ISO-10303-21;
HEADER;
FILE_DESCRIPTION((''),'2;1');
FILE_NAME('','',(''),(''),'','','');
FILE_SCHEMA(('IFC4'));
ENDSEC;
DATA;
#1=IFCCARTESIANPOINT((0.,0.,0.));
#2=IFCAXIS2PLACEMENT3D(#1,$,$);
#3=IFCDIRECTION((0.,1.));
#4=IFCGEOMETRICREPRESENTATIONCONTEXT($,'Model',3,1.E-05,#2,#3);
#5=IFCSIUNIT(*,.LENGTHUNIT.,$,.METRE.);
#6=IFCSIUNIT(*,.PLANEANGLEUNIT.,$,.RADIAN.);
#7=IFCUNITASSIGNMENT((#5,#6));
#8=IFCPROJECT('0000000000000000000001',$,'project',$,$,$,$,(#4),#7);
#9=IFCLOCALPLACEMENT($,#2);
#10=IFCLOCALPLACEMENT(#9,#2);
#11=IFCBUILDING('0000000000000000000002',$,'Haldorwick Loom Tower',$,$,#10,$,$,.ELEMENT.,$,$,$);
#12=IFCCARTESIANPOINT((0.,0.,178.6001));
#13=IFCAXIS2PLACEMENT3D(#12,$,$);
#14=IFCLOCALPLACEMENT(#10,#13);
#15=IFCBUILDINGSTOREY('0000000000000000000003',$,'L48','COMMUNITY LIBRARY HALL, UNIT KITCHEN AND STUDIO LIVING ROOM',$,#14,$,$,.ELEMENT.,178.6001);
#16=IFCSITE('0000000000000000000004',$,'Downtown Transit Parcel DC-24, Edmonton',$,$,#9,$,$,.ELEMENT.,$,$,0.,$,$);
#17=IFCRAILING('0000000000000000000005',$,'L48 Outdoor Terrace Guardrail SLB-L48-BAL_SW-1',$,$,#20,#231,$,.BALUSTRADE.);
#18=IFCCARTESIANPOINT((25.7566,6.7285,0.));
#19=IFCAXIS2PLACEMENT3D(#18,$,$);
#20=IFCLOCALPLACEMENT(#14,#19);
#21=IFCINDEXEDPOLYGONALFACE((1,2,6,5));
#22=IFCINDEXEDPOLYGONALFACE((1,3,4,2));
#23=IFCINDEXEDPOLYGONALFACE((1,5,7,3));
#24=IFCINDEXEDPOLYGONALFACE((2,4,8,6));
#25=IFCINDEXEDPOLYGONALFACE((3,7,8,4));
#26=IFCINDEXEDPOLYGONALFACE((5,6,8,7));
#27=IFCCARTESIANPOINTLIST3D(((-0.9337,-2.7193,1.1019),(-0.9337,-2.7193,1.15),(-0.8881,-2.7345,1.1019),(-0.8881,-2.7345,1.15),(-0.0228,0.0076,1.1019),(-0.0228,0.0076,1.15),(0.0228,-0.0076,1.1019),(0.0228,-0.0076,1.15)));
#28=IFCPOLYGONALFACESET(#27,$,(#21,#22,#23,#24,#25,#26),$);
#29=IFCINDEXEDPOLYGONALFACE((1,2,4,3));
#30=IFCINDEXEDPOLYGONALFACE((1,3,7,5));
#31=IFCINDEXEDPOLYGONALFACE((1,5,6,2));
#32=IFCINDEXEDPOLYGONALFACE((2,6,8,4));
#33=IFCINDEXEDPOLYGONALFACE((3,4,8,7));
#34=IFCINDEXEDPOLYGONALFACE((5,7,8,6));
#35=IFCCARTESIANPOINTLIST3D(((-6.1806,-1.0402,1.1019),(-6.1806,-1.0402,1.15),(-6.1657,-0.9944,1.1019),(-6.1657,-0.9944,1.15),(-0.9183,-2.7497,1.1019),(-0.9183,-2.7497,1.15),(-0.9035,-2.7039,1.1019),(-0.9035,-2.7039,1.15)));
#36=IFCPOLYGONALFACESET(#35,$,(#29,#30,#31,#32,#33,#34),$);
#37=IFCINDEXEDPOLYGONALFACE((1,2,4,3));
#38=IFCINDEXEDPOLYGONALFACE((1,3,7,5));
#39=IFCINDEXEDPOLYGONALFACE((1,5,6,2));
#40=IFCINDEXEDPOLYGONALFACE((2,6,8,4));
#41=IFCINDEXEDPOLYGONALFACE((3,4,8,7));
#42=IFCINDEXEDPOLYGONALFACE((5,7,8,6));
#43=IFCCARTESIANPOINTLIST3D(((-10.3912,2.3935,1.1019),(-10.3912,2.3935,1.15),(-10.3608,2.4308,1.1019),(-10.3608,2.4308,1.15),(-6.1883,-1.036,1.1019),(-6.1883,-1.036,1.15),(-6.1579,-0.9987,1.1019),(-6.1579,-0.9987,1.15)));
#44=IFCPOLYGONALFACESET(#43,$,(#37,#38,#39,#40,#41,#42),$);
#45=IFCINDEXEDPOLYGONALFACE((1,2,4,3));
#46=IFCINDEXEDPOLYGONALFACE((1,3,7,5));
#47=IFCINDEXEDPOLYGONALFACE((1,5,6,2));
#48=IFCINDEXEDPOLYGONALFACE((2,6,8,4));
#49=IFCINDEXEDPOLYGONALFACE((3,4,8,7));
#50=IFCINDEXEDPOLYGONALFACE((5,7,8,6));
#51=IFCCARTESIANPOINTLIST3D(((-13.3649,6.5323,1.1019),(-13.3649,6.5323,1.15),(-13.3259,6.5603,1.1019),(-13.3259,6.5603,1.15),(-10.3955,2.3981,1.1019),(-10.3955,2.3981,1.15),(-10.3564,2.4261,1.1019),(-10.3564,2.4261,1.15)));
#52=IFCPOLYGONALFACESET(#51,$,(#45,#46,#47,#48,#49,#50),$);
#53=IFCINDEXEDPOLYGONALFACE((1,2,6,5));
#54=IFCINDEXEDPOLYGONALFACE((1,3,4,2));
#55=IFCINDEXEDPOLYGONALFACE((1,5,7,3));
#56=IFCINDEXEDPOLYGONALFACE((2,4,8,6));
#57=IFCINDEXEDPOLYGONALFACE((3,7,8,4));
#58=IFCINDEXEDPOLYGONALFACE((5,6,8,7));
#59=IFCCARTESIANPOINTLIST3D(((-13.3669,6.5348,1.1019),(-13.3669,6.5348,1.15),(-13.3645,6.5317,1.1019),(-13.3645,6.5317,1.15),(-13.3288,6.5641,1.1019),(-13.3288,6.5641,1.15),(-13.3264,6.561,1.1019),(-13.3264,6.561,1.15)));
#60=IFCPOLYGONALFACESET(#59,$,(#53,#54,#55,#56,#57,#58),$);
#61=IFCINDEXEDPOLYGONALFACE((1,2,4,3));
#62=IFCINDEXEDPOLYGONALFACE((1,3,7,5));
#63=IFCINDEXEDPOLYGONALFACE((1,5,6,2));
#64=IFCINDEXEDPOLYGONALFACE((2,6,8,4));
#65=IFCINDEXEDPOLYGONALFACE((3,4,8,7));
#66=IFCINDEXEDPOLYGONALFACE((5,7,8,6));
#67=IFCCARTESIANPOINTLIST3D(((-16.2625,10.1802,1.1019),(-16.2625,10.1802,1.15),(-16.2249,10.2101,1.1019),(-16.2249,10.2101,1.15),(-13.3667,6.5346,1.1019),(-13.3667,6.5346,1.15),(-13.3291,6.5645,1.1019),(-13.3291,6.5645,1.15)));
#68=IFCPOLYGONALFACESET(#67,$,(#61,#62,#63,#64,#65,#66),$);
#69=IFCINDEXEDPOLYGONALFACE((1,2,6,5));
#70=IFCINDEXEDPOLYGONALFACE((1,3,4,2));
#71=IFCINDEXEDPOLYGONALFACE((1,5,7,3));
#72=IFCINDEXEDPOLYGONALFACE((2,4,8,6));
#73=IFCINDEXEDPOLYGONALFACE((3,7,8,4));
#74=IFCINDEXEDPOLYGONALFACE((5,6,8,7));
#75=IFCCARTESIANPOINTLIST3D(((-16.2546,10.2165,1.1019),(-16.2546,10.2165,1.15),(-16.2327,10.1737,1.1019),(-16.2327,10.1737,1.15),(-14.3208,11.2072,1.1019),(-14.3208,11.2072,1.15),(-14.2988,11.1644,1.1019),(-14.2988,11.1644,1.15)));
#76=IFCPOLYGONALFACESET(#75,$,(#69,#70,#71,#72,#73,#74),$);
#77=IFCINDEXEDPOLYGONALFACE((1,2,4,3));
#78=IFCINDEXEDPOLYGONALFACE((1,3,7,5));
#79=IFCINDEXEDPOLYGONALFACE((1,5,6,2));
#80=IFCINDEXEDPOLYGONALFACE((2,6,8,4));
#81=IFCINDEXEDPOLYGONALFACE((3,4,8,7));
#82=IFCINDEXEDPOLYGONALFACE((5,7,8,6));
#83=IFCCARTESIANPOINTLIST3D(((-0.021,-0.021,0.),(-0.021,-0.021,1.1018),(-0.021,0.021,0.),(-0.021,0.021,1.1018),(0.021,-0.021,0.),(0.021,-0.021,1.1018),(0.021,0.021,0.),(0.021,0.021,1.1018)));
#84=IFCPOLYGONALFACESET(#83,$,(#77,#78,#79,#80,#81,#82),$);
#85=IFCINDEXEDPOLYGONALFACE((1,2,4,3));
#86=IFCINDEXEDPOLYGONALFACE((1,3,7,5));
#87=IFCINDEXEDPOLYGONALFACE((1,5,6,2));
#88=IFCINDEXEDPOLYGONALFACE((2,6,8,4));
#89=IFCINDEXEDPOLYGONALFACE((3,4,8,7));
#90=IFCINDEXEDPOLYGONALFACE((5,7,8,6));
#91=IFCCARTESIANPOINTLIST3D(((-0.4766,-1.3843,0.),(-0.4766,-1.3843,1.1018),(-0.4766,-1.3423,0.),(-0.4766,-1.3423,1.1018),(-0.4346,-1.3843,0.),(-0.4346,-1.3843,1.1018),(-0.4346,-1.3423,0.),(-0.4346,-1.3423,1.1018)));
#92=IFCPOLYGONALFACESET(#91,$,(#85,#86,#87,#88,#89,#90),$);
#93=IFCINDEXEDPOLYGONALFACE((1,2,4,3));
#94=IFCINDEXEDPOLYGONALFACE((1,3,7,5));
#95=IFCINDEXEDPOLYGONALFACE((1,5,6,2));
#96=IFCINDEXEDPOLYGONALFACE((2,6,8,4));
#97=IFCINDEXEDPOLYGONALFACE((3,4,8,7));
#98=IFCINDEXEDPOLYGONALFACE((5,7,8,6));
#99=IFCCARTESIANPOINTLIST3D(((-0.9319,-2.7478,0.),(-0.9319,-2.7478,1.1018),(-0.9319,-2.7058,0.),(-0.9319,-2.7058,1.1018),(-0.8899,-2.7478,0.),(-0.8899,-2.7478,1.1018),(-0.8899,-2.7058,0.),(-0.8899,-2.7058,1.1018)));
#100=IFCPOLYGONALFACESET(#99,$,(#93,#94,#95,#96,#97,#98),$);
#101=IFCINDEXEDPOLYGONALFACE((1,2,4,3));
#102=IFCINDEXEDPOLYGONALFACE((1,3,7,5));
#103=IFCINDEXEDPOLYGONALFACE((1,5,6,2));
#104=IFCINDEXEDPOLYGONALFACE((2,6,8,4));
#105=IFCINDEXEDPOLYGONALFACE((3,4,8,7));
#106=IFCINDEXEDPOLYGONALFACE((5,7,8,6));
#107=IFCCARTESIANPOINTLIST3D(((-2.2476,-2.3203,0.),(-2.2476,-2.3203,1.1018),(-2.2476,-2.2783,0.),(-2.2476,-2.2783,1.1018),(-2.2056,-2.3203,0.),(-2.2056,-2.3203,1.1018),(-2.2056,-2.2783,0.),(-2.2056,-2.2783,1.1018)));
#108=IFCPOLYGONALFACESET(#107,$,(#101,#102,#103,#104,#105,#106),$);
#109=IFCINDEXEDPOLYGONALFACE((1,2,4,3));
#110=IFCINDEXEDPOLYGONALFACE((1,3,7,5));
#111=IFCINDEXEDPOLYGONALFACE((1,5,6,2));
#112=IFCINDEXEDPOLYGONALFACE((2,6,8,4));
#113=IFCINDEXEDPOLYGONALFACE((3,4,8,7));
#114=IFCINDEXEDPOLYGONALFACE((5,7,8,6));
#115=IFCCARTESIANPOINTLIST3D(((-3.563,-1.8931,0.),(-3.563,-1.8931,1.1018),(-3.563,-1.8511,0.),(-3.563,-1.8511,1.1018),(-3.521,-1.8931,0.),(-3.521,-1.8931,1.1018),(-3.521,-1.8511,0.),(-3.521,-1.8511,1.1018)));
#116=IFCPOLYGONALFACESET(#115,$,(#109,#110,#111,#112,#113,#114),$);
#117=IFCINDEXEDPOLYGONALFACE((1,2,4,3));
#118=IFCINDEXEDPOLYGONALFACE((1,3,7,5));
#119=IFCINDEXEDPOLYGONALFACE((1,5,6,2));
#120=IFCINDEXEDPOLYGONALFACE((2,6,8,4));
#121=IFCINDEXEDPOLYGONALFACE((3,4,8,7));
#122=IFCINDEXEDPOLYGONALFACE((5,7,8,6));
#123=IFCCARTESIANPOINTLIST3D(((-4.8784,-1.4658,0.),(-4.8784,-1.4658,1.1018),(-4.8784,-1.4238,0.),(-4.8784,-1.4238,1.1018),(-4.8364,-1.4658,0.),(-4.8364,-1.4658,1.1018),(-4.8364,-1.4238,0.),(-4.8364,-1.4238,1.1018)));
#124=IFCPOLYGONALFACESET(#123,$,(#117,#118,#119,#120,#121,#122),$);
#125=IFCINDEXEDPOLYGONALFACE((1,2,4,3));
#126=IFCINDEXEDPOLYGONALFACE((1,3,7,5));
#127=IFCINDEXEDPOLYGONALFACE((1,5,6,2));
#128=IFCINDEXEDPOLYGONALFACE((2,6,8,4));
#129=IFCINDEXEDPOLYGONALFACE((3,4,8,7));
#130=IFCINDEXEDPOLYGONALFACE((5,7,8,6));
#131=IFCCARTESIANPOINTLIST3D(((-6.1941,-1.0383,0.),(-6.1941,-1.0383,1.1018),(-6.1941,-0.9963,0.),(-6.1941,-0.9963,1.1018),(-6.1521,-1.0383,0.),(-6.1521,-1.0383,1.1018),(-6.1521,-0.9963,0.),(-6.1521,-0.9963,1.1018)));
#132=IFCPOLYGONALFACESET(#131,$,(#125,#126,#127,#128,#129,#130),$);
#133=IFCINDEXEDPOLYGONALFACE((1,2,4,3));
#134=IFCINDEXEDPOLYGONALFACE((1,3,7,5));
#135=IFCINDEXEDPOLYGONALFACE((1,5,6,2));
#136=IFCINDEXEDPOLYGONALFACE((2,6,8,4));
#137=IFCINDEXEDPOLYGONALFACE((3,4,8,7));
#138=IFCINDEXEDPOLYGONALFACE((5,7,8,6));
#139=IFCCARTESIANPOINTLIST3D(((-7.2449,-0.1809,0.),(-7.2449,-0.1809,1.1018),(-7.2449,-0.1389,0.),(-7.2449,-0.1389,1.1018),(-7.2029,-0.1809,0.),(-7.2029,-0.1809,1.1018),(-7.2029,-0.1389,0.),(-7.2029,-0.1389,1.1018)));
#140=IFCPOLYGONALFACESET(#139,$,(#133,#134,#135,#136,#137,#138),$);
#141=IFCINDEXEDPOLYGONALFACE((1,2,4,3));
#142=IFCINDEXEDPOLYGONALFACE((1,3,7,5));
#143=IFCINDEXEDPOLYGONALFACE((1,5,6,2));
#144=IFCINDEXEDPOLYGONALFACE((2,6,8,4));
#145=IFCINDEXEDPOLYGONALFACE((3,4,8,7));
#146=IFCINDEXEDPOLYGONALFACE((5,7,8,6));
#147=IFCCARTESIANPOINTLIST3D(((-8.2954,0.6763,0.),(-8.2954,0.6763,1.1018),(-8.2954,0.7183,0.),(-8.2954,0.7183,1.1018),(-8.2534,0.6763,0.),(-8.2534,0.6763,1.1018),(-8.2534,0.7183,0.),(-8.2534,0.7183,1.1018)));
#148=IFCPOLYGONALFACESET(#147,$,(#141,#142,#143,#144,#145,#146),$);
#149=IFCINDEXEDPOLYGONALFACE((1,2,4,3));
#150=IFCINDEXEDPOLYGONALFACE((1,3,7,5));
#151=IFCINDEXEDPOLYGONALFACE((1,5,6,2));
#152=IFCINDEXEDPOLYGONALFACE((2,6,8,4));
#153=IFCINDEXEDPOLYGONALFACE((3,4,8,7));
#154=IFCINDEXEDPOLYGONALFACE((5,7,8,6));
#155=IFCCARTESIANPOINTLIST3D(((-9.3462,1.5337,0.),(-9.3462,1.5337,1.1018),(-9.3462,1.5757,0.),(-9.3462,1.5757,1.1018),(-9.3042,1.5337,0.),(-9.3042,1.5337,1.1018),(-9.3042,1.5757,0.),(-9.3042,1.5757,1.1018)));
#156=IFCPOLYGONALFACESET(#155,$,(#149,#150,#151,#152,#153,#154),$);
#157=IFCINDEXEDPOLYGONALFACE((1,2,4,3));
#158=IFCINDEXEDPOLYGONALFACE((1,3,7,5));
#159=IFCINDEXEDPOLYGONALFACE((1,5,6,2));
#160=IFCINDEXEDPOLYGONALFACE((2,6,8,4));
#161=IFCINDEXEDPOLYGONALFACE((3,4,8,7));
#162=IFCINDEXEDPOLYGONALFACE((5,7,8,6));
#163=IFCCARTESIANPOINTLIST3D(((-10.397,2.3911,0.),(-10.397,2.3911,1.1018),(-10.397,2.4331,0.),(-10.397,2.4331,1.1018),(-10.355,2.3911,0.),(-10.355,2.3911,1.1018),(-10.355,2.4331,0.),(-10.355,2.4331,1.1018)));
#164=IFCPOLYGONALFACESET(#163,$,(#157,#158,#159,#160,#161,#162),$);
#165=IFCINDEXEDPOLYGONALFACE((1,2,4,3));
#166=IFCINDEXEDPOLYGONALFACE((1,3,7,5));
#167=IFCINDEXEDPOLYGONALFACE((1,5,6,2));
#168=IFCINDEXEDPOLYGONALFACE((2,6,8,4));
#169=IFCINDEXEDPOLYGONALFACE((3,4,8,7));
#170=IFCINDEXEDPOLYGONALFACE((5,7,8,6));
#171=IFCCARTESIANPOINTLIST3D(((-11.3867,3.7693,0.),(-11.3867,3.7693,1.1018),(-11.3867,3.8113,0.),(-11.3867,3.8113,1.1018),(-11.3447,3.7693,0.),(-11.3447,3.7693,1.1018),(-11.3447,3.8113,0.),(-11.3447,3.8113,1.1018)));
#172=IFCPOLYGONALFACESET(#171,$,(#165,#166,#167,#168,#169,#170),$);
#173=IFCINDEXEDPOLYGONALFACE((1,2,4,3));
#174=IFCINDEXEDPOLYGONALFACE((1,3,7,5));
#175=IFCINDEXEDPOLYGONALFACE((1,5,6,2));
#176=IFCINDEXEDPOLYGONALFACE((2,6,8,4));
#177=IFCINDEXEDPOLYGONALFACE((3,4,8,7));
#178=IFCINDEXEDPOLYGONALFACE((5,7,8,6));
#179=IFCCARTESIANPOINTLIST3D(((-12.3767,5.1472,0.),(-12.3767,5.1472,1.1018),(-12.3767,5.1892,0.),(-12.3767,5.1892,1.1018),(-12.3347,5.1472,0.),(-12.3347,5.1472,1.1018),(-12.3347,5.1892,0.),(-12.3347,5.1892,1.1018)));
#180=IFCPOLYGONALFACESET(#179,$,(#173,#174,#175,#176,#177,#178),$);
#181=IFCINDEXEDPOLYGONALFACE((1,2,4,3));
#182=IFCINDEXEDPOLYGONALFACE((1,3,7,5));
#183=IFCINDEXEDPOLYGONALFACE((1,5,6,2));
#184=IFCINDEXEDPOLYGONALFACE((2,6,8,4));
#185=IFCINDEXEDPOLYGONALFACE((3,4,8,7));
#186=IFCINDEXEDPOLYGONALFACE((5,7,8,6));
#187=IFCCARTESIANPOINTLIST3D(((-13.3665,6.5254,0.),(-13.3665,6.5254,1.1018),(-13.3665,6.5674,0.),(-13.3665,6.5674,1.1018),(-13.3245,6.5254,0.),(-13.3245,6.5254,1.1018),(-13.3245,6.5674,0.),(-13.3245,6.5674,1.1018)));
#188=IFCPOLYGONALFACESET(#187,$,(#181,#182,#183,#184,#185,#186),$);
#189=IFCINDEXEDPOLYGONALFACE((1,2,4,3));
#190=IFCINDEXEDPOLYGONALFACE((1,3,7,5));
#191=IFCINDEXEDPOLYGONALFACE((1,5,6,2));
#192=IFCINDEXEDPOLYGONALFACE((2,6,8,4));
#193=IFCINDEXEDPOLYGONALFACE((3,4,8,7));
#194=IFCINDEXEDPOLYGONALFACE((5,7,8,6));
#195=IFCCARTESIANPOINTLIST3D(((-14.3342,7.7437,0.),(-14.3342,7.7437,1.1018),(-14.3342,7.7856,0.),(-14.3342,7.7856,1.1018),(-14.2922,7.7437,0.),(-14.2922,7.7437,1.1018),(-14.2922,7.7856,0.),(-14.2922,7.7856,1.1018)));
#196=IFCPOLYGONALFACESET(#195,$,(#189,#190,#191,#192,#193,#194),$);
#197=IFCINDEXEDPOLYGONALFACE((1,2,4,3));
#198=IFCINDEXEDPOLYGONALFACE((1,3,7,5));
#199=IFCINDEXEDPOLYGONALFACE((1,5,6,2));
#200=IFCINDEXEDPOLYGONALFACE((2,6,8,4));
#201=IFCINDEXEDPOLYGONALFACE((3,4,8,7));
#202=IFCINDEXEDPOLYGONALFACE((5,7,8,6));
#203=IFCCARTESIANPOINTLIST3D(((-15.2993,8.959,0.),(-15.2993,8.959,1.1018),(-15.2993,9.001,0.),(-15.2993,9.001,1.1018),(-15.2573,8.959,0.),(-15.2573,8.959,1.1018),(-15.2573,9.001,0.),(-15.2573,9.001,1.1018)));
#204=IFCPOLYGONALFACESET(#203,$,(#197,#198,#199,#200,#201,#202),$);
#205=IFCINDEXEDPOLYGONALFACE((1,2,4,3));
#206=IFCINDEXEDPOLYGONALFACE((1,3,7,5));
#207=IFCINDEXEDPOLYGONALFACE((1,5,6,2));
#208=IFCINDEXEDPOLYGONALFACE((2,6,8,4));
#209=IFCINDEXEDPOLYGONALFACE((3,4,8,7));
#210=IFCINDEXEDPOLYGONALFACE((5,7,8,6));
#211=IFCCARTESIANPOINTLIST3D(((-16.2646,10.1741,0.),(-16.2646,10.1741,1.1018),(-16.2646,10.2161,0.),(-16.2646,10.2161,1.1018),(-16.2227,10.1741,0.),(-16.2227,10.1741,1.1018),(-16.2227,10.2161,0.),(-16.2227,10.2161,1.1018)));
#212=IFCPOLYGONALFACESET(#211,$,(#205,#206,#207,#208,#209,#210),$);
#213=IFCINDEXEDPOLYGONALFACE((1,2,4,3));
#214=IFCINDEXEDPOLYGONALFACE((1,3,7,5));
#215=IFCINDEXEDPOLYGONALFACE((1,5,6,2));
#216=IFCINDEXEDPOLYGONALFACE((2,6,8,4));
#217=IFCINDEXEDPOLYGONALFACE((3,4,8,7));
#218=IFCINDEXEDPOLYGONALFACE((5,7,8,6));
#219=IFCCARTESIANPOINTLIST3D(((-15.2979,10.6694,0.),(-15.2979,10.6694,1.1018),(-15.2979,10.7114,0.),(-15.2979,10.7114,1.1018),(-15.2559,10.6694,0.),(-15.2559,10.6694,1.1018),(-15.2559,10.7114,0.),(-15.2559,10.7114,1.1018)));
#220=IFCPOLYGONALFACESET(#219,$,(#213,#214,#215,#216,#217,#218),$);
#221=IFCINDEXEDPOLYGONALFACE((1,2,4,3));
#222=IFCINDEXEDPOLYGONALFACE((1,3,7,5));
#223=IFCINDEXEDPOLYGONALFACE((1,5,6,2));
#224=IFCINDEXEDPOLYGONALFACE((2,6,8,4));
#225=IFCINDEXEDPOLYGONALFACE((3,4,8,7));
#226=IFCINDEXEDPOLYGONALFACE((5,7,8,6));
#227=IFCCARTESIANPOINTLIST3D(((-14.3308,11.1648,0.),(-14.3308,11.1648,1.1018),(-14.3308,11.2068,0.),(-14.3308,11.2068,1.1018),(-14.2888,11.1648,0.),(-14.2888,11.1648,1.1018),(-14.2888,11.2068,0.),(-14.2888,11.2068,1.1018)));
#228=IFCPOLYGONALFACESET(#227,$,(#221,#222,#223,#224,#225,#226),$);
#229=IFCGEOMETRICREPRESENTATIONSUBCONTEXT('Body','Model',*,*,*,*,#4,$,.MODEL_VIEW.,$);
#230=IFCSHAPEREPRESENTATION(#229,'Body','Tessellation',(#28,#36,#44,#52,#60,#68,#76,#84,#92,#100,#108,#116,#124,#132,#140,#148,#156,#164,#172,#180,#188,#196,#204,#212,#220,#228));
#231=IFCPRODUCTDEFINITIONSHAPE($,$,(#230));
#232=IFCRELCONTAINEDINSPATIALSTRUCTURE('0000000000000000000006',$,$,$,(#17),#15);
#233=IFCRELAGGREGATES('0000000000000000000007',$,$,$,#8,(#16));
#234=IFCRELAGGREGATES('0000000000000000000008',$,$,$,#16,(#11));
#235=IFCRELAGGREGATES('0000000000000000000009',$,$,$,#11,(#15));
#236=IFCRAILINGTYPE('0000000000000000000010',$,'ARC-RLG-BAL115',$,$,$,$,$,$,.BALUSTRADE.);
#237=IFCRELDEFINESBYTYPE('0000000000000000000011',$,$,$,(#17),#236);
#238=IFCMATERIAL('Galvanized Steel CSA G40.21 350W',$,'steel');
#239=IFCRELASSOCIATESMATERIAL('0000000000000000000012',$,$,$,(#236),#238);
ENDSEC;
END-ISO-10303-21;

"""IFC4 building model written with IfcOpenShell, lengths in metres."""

from ifc_helpers import new_model, si_unit, direction, frame, origin, origin_2d, place, context, subcontext, project, spatial, rectangle, extrude, material, type_object, element, save


model = new_model("IFC4")

# Units and contexts
model_context = context("Model", 3, precision=1e-05, world=origin(), true_north=direction((0.0, 1.0)))
body_context = subcontext(model_context, "Body", "Model", "MODEL_VIEW")
ifc_project = project(units=[si_unit("LENGTHUNIT", "METRE"), si_unit("PLANEANGLEUNIT", "RADIAN")], contexts=[model_context])

# Site, building, storey
site_placement = place(None, origin())
site = spatial("IfcSite", under=ifc_project, at=site_placement, Name="Downtown Transit Parcel DC-24, Edmonton", CompositionType="ELEMENT", RefElevation=0.0)
building_placement = place(site_placement, origin())
building = spatial("IfcBuilding", under=site, at=building_placement, Name="Haldorwick Loom Tower", CompositionType="ELEMENT")
storey_placement = place(building_placement, frame((0.0, 0.0, 178.6001)))
storey = spatial("IfcBuildingStorey", under=building, at=storey_placement, Name="L48", Description="COMMUNITY LIBRARY HALL, UNIT KITCHEN AND STUDIO LIVING ROOM", CompositionType="ELEMENT", Elevation=178.6001)

# Railing
ifc_material_1 = material(Name="Galvanized Steel CSA G40.21 350W", Category="steel")
railing_type = type_object("IfcRailingType", Name="ARC-RLG-BAL115", PredefinedType="BALUSTRADE", material=ifc_material_1)
railing_placement = place(storey_placement, frame((25.7566, 6.7285, 0.0)))
element("IfcRailing", 1, at=railing_placement, inside=storey, type_object=railing_type, Name="L48 Outdoor Terrace Guardrail SLB-L48-BAL_SW-1", PredefinedType="BALUSTRADE", context=body_context, shape_type="SweptSolid", body=[
    extrude(rectangle(XDim=0.0481, YDim=0.0481, at=origin_2d()), frame((0.0, 0.0, 1.126), z_axis=(-0.316839, -0.948479, 0.0), x_axis=(0.948479, -0.316839, 0.0)), (0.0, 0.0, 1.0), 2.875),
    extrude(rectangle(XDim=0.0481, YDim=0.0481, at=origin_2d()), frame((-0.9109, -2.7268, 1.126), z_axis=(-0.951074, 0.308964, 0.0), x_axis=(-0.308964, -0.951074, 0.0)), (0.0, 0.0, 1.0), 5.533),
    extrude(rectangle(XDim=0.0481, YDim=0.0481, at=origin_2d()), frame((-6.1731, -1.0173, 1.126), z_axis=(-0.774795, 0.632213, 0.0), x_axis=(-0.632213, -0.774795, 0.0)), (0.0, 0.0, 1.0), 5.4246),
    extrude(rectangle(XDim=0.0481, YDim=0.0481, at=origin_2d()), frame((-10.376, 2.4121, 1.126), z_axis=(-0.583373, 0.812204, 0.0), x_axis=(-0.812204, -0.583373, 0.0)), (0.0, 0.0, 1.0), 5.0901),
    extrude(rectangle(XDim=0.0481, YDim=0.0481, at=origin_2d()), frame((-13.3455, 6.5464, 1.126), z_axis=(-0.609711, 0.792624, 0.0), x_axis=(-0.792624, -0.609711, 0.0)), (0.0, 0.0, 1.0), 0.0039),
    extrude(rectangle(XDim=0.0481, YDim=0.0481, at=origin_2d()), frame((-13.3479, 6.5496, 1.126), z_axis=(-0.621986, 0.783028, 0.0), x_axis=(-0.783028, -0.621986, 0.0)), (0.0, 0.0, 1.0), 4.6558),
    extrude(rectangle(XDim=0.0481, YDim=0.0481, at=origin_2d()), frame((-16.2437, 10.1951, 1.126), z_axis=(0.890002, 0.455956, 0.0), x_axis=(-0.455956, 0.890002, 0.0)), (0.0, 0.0, 1.0), 2.1729),
    extrude(rectangle(XDim=0.042, YDim=0.042, at=origin_2d()), origin(), (0.0, 0.0, 1.0), 1.1018),
    extrude(rectangle(XDim=0.042, YDim=0.042, at=origin_2d()), frame((-0.4556, -1.3633, 0.0)), (0.0, 0.0, 1.0), 1.1018),
    extrude(rectangle(XDim=0.042, YDim=0.042, at=origin_2d()), frame((-0.9109, -2.7268, 0.0)), (0.0, 0.0, 1.0), 1.1018),
    extrude(rectangle(XDim=0.042, YDim=0.042, at=origin_2d()), frame((-2.2266, -2.2993, 0.0)), (0.0, 0.0, 1.0), 1.1018),
    extrude(rectangle(XDim=0.042, YDim=0.042, at=origin_2d()), frame((-3.542, -1.8721, 0.0)), (0.0, 0.0, 1.0), 1.1018),
    extrude(rectangle(XDim=0.042, YDim=0.042, at=origin_2d()), frame((-4.8574, -1.4448, 0.0)), (0.0, 0.0, 1.0), 1.1018),
    extrude(rectangle(XDim=0.042, YDim=0.042, at=origin_2d()), frame((-6.1731, -1.0173, 0.0)), (0.0, 0.0, 1.0), 1.1018),
    extrude(rectangle(XDim=0.042, YDim=0.042, at=origin_2d()), frame((-7.2239, -0.1599, 0.0)), (0.0, 0.0, 1.0), 1.1018),
    extrude(rectangle(XDim=0.042, YDim=0.042, at=origin_2d()), frame((-8.2744, 0.6973, 0.0)), (0.0, 0.0, 1.0), 1.1018),
    extrude(rectangle(XDim=0.042, YDim=0.042, at=origin_2d()), frame((-9.3252, 1.5547, 0.0)), (0.0, 0.0, 1.0), 1.1018),
    extrude(rectangle(XDim=0.042, YDim=0.042, at=origin_2d()), frame((-10.376, 2.4121, 0.0)), (0.0, 0.0, 1.0), 1.1018),
    extrude(rectangle(XDim=0.042, YDim=0.042, at=origin_2d()), frame((-11.3657, 3.7903, 0.0)), (0.0, 0.0, 1.0), 1.1018),
    extrude(rectangle(XDim=0.042, YDim=0.042, at=origin_2d()), frame((-12.3557, 5.1682, 0.0)), (0.0, 0.0, 1.0), 1.1018),
    extrude(rectangle(XDim=0.042, YDim=0.042, at=origin_2d()), frame((-13.3455, 6.5464, 0.0)), (0.0, 0.0, 1.0), 1.1018),
    extrude(rectangle(XDim=0.042, YDim=0.042, at=origin_2d()), frame((-14.3132, 7.7646, 0.0)), (0.0, 0.0, 1.0), 1.1018),
    extrude(rectangle(XDim=0.042, YDim=0.042, at=origin_2d()), frame((-15.2783, 8.98, 0.0)), (0.0, 0.0, 1.0), 1.1018),
    extrude(rectangle(XDim=0.042, YDim=0.042, at=origin_2d()), frame((-16.2437, 10.1951, 0.0)), (0.0, 0.0, 1.0), 1.1018),
    extrude(rectangle(XDim=0.042, YDim=0.042, at=origin_2d()), frame((-15.2769, 10.6904, 0.0)), (0.0, 0.0, 1.0), 1.1018),
    extrude(rectangle(XDim=0.042, YDim=0.042, at=origin_2d()), frame((-14.3098, 11.1858, 0.0)), (0.0, 0.0, 1.0), 1.1018),
])

save(model, "model.ifc")
